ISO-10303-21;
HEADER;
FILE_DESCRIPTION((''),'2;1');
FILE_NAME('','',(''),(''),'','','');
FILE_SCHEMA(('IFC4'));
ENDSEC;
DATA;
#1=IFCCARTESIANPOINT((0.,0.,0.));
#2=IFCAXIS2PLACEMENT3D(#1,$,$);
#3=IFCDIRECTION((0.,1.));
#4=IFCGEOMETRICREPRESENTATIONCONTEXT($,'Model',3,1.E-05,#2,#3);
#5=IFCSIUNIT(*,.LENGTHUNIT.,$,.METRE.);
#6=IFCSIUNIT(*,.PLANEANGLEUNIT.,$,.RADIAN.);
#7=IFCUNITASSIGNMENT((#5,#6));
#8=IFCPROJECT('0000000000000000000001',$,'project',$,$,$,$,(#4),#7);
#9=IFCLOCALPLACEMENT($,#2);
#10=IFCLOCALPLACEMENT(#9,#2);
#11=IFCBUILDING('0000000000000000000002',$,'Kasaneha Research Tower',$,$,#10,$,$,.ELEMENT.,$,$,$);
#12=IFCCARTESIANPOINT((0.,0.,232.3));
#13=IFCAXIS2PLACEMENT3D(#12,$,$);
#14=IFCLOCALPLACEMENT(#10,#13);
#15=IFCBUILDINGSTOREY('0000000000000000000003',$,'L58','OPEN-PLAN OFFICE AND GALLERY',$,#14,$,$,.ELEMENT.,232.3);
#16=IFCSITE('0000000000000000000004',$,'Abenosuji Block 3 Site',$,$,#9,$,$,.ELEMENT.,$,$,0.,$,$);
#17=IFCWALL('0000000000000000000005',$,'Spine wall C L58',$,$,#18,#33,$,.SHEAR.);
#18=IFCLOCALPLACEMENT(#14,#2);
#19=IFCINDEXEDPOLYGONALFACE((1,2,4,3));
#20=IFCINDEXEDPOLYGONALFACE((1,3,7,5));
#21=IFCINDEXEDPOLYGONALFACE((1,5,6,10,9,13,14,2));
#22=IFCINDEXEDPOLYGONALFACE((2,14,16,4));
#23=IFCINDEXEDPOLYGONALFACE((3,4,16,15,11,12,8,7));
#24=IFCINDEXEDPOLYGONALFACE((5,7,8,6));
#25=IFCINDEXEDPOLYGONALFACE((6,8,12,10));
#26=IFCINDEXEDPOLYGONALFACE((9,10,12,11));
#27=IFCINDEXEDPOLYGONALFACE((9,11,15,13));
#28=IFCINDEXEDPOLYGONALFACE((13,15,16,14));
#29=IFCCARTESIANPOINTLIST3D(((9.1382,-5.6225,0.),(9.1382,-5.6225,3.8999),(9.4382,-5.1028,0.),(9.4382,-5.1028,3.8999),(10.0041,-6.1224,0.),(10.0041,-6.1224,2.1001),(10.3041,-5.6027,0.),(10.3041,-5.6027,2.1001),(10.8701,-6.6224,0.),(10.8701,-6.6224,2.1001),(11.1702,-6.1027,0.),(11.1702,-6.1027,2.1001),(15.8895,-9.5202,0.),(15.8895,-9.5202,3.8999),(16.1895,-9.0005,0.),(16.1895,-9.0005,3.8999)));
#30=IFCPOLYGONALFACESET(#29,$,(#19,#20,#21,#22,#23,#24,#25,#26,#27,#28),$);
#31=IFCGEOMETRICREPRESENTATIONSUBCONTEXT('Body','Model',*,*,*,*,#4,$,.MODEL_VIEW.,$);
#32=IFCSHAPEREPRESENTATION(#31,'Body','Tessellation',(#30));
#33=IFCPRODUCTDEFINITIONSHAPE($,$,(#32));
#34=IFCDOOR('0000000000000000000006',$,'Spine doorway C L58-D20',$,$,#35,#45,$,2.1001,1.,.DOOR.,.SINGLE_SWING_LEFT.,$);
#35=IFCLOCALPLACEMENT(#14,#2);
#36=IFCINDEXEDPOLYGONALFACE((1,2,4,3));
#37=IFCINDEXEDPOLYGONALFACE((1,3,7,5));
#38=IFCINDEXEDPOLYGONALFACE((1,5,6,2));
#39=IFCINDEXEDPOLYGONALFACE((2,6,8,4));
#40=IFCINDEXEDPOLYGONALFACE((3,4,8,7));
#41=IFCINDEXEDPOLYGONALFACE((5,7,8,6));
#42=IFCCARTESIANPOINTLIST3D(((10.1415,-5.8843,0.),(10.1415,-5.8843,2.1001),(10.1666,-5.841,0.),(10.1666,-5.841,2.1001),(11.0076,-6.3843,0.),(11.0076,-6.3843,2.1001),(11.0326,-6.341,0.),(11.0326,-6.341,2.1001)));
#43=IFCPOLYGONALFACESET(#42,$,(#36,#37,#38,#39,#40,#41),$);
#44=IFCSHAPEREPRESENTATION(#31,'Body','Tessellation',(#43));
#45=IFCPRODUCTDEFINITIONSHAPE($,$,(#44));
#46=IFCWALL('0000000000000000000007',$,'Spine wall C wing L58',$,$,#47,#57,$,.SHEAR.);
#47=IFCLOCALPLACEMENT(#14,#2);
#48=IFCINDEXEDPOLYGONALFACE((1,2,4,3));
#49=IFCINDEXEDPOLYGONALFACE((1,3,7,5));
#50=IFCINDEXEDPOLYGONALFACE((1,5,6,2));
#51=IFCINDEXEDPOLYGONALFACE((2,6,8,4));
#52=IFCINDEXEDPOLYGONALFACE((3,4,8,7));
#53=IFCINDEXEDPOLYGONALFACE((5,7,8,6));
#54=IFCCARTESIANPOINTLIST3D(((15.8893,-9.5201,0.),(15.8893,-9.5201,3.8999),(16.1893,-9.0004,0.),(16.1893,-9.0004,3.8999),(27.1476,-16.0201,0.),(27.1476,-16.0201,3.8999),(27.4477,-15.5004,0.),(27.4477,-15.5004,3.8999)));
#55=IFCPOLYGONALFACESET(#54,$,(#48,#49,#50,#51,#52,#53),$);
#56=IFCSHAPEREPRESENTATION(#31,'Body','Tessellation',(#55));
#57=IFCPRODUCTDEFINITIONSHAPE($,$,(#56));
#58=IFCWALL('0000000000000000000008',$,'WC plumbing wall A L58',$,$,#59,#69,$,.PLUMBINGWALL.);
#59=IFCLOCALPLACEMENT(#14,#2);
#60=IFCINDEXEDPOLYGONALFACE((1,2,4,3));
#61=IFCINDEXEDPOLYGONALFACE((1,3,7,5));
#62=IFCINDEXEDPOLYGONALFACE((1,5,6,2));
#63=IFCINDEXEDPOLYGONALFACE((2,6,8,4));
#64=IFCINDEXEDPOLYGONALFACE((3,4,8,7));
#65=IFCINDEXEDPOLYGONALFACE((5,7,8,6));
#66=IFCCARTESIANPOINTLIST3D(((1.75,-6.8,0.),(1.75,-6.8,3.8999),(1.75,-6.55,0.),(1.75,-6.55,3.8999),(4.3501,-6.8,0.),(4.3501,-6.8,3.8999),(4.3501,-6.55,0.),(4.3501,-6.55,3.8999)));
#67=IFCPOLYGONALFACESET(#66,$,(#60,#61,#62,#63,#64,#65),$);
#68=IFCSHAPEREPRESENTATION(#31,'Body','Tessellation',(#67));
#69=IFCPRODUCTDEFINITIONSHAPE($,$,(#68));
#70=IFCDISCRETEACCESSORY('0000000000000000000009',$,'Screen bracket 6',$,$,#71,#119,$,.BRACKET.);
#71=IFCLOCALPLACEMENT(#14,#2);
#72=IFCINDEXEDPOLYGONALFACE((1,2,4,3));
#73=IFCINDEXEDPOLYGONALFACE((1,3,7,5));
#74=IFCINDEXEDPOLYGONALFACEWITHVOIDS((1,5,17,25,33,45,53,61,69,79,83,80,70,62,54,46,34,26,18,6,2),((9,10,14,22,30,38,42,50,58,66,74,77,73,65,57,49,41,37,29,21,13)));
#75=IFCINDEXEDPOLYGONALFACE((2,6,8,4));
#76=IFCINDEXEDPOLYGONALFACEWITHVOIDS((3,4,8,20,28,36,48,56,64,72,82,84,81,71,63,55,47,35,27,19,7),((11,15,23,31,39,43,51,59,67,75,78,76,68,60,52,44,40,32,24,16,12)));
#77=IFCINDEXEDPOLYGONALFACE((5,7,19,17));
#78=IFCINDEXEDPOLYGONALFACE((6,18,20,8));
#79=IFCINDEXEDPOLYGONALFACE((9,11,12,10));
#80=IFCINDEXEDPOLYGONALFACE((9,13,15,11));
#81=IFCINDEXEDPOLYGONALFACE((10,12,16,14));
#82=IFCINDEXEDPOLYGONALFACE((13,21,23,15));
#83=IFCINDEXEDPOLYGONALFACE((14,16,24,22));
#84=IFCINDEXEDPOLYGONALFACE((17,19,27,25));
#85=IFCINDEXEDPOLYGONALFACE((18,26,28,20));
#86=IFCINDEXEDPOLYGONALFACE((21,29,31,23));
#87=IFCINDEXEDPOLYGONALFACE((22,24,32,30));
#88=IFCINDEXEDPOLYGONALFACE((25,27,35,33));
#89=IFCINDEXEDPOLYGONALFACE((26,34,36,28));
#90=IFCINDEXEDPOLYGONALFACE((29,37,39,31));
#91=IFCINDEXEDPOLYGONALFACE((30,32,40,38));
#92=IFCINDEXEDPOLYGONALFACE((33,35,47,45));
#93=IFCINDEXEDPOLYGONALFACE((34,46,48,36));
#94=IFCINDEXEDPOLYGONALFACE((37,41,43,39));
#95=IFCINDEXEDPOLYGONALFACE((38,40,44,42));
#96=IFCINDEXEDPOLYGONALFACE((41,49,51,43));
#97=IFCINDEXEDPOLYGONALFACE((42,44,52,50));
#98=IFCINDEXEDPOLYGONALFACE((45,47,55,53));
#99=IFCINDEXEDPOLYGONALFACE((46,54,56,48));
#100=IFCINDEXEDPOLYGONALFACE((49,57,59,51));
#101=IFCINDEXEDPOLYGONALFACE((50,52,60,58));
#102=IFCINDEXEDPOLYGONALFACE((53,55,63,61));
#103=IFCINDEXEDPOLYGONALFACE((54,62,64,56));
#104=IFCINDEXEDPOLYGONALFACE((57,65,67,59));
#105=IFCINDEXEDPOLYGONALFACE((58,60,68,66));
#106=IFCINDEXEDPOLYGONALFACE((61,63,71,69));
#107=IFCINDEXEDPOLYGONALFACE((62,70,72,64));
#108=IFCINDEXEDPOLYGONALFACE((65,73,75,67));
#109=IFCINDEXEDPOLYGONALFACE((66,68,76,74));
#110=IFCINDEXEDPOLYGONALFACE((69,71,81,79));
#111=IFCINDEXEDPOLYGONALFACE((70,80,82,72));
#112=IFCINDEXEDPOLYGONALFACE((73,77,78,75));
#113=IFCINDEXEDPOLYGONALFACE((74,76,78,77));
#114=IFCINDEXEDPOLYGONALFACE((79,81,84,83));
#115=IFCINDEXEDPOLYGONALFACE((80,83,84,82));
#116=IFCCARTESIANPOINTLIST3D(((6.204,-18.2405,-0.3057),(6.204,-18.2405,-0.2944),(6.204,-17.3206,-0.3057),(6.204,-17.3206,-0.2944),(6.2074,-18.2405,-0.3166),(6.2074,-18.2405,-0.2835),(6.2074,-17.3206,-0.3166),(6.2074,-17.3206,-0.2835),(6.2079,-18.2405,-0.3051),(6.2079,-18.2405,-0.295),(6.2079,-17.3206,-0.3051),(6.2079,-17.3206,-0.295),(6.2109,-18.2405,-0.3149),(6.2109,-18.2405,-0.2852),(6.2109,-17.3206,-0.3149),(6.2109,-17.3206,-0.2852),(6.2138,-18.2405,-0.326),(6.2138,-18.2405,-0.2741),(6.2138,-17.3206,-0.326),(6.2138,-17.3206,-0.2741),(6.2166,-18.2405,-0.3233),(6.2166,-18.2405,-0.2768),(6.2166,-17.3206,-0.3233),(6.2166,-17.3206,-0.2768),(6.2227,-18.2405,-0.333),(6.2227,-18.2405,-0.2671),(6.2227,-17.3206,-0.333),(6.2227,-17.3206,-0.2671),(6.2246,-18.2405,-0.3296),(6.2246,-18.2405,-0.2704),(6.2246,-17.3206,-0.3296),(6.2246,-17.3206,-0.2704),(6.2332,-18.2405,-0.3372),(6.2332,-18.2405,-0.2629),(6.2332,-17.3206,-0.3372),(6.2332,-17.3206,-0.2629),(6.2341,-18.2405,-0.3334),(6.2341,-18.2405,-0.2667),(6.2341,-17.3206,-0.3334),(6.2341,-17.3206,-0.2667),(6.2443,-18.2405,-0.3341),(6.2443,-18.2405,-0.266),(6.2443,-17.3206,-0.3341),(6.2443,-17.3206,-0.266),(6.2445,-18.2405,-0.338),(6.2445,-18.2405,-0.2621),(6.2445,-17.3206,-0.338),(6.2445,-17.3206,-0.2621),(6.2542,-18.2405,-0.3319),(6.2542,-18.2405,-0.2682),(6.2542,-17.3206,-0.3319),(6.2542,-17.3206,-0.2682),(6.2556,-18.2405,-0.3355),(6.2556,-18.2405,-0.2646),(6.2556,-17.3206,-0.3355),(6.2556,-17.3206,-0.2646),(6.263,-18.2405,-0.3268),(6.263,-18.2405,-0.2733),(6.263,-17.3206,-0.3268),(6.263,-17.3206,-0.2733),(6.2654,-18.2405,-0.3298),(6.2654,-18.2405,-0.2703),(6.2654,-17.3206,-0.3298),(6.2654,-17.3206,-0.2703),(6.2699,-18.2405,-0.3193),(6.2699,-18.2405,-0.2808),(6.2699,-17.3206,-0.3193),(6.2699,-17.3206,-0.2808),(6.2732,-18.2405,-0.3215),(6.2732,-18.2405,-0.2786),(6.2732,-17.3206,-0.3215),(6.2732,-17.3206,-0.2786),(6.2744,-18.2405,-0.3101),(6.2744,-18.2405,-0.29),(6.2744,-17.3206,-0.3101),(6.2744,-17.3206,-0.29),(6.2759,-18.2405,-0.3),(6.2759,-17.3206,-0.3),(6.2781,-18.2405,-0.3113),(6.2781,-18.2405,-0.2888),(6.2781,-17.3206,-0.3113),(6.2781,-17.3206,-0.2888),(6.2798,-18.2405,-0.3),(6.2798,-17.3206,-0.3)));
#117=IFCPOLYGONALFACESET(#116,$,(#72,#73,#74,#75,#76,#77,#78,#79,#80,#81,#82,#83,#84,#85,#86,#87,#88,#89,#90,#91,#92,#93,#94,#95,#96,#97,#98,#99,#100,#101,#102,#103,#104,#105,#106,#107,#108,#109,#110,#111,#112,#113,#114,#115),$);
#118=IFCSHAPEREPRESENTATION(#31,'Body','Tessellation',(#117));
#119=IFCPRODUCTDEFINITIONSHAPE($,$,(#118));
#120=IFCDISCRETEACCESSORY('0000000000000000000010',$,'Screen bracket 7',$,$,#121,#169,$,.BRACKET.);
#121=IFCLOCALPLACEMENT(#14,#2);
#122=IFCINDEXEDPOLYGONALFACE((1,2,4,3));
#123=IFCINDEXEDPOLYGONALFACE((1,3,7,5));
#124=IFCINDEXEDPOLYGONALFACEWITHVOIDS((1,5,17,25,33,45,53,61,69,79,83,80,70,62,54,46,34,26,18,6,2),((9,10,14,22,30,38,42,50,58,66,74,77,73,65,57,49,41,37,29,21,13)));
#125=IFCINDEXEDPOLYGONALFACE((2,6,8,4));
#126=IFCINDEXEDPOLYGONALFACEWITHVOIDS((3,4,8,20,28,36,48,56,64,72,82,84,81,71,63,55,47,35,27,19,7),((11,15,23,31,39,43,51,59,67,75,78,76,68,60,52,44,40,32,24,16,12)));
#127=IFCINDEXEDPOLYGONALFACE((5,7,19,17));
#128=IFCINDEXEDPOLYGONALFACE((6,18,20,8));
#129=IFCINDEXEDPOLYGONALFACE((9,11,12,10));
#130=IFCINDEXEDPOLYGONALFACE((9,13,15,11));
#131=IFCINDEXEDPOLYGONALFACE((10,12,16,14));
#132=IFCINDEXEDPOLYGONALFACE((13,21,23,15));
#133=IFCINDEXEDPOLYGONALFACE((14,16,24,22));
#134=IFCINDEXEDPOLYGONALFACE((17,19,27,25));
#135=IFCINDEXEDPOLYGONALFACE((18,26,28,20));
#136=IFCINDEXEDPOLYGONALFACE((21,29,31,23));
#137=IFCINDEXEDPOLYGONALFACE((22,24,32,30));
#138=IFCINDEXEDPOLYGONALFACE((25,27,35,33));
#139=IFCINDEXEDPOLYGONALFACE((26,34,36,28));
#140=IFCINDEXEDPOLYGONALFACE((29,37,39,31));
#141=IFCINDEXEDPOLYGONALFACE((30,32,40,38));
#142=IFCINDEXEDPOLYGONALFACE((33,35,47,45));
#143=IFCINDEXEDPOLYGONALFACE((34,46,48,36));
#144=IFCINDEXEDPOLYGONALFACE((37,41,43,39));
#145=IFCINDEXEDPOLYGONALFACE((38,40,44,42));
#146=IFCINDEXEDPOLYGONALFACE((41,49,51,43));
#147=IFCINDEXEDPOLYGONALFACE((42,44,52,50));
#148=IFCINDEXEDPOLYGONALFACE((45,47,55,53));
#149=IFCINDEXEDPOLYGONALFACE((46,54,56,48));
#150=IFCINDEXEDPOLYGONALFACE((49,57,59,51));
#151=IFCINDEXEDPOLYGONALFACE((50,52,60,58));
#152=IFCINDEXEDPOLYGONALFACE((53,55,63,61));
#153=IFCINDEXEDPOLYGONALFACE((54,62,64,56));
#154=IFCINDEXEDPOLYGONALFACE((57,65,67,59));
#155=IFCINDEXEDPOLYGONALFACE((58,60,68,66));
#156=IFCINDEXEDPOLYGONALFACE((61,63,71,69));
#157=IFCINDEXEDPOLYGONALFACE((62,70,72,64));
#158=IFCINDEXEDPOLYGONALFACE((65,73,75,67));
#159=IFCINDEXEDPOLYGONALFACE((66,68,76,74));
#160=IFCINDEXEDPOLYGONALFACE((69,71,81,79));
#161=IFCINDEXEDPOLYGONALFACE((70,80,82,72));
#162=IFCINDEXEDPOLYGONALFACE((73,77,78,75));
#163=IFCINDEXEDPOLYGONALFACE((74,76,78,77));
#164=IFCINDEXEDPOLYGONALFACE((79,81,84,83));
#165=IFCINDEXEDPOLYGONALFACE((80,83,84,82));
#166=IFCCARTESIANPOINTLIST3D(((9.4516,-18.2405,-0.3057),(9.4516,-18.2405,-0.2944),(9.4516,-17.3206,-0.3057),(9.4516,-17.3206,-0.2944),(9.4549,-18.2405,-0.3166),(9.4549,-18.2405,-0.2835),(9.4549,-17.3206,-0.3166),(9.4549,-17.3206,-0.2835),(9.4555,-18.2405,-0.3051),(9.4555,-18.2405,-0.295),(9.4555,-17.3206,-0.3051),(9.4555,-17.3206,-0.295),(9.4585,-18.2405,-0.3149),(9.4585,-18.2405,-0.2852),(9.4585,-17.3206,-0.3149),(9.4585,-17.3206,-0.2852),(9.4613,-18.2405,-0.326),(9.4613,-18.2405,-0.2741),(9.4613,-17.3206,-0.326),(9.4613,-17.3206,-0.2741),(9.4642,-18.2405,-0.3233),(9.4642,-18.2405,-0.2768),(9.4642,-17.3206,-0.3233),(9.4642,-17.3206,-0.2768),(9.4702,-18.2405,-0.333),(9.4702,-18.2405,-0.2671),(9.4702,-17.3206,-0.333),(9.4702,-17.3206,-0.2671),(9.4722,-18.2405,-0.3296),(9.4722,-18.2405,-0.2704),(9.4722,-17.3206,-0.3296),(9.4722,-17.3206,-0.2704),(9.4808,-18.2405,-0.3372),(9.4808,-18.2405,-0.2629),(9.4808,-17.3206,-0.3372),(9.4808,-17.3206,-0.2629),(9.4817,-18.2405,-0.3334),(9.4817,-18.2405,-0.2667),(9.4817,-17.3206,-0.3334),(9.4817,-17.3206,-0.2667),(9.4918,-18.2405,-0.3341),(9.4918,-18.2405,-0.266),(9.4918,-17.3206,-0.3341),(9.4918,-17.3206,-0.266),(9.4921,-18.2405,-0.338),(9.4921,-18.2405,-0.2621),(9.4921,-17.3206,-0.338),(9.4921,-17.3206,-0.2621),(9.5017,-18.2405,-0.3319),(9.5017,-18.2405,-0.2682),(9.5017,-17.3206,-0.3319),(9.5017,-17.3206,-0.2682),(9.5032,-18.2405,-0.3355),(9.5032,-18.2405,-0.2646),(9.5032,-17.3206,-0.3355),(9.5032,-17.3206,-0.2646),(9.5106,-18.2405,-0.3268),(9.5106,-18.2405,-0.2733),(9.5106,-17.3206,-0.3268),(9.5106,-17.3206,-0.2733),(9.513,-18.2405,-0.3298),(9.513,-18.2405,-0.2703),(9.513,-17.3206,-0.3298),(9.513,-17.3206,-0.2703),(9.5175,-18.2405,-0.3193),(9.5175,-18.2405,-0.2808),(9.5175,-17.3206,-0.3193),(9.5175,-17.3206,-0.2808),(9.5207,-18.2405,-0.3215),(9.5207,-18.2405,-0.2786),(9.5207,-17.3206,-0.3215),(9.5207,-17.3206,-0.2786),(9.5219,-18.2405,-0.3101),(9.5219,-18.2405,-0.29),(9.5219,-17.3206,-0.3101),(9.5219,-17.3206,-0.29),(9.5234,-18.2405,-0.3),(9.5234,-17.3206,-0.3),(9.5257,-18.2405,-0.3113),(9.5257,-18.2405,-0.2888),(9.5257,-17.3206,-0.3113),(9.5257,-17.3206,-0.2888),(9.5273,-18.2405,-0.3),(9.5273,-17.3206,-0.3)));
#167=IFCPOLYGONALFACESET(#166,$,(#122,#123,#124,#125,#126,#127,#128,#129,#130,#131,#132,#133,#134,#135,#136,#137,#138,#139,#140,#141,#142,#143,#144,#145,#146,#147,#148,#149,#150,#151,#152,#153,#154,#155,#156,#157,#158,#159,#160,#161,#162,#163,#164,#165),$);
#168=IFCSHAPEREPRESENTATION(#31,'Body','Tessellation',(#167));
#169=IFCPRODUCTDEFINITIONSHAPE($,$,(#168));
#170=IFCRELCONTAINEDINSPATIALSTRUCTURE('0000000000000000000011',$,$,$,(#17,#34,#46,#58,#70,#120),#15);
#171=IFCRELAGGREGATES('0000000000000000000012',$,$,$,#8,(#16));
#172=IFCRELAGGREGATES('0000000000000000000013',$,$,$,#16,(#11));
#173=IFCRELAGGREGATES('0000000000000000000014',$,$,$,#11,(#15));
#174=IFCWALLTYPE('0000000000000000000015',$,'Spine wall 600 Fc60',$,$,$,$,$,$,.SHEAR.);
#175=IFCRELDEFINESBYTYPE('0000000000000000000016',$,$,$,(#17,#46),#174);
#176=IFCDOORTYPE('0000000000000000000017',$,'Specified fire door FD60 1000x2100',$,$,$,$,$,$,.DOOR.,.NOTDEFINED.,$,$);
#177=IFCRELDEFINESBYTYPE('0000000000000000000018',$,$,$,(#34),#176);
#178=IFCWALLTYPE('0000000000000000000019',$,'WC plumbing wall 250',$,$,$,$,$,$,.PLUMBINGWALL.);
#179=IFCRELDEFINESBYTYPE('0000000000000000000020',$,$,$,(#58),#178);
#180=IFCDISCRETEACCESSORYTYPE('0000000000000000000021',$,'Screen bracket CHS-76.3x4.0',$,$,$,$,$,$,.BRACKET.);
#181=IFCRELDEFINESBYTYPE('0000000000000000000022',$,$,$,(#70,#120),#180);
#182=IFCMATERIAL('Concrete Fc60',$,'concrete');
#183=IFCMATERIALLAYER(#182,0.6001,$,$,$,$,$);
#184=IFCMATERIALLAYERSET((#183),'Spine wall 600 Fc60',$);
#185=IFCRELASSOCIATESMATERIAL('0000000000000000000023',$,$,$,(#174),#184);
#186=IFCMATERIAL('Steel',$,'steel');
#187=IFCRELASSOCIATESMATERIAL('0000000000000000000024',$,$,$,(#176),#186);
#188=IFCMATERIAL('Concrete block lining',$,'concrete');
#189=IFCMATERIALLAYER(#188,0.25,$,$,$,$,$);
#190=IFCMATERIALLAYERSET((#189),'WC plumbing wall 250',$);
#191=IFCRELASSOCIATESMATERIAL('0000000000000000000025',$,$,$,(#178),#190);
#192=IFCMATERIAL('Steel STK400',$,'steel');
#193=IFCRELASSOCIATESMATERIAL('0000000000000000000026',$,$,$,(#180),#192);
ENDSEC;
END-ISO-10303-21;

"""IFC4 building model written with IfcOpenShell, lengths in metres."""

from ifc_helpers import new_model, si_unit, direction, frame, frame_2d, origin, origin_2d, place, context, subcontext, project, spatial, rectangle, hollow_circle, extrude, material, layer, layer_set, material_profile, profile_set, type_object, element, fill, save


model = new_model("IFC4")

# Units and contexts
model_context = context("Model", 3, precision=1e-05, world=origin(), true_north=direction((0.0, 1.0)))
body_context = subcontext(model_context, "Body", "Model", "MODEL_VIEW")
ifc_project = project(units=[si_unit("LENGTHUNIT", "METRE"), si_unit("PLANEANGLEUNIT", "RADIAN")], contexts=[model_context])

# Site, building, storey
site_placement = place(None, origin())
site = spatial("IfcSite", under=ifc_project, at=site_placement, Name="Abenosuji Block 3 Site", CompositionType="ELEMENT", RefElevation=0.0)
building_placement = place(site_placement, origin())
building = spatial("IfcBuilding", under=site, at=building_placement, Name="Kasaneha Research Tower", CompositionType="ELEMENT")
storey_placement = place(building_placement, frame((0.0, 0.0, 232.3)))
storey = spatial("IfcBuildingStorey", under=building, at=storey_placement, Name="L58", Description="OPEN-PLAN OFFICE AND GALLERY", CompositionType="ELEMENT", Elevation=232.3)

# Wall, opening, door
ifc_material_1 = material(Name="Concrete Fc60", Category="concrete")
ifc_layer_1 = layer(ifc_material_1, 0.6001)
ifc_layer_set_1 = layer_set([ifc_layer_1], Name="Spine wall 600 Fc60")
wall_type_1 = type_object("IfcWallType", Name="Spine wall 600 Fc60", PredefinedType="SHEAR", material=ifc_layer_set_1)
wall_1_placement = place(storey_placement, frame((9.2881, -5.3625, 0.0), z_axis=(0.0, 0.0, 1.0), x_axis=(0.866032, -0.499989, 0.0)))
wall_1 = element("IfcWall", 1, at=wall_1_placement, inside=storey, type_object=wall_type_1, Name="Spine wall C L58", PredefinedType="SHEAR", context=body_context, shape_type="SweptSolid", body=[
    extrude(rectangle(XDim=7.7957, YDim=0.6001, at=frame_2d((3.8979, 0.0))), origin(), (0.0, 0.0, 1.0), 3.8999),
])
opening_1_placement = place(wall_1_placement, frame((1.0, 0.0, 0.0)))
opening_1 = element("IfcOpeningElement", 2, at=opening_1_placement, cuts=wall_1, PredefinedType="OPENING", context=body_context, shape_type="SweptSolid", body=[
    extrude(rectangle(XDim=1.0, YDim=2.1001, at=frame_2d((0.5, 1.05))), frame((0.0, 0.3101, 0.0), z_axis=(0.0, -1.0, 0.0), x_axis=(1.0, 0.0, 0.0)), (0.0, 0.0, 1.0), 0.6201),
])
ifc_material_2 = material(Name="Steel", Category="steel")
door_type_1 = type_object("IfcDoorType", Name="Specified fire door FD60 1000x2100", OperationType="NOTDEFINED", PredefinedType="DOOR", material=ifc_material_2)
door_1_placement = place(opening_1_placement, origin())
door_1 = element("IfcDoor", 3, at=door_1_placement, inside=storey, type_object=door_type_1, Name="Spine doorway C L58-D20", OperationType="SINGLE_SWING_LEFT", OverallHeight=2.1001, OverallWidth=1.0, PredefinedType="DOOR", context=body_context, shape_type="SweptSolid", body=[
    extrude(rectangle(XDim=1.0, YDim=2.1001, at=frame_2d((0.5, 1.05))), frame((0.0, 0.0249, 0.0), z_axis=(0.0, -1.0, 0.0), x_axis=(1.0, 0.0, 0.0)), (0.0, 0.0, 1.0), 0.05),
])
fill(opening_1, door_1)

# Walls
wall_2_placement = place(storey_placement, frame((16.0393, -9.2603, 0.0), z_axis=(0.0, 0.0, 1.0), x_axis=(0.866025, -0.500001, 0.0)))
element("IfcWall", 4, at=wall_2_placement, inside=storey, type_object=wall_type_1, Name="Spine wall C wing L58", PredefinedType="SHEAR", context=body_context, shape_type="SweptSolid", body=[
    extrude(rectangle(XDim=13.0, YDim=0.6001, at=frame_2d((6.5, 0.0))), origin(), (0.0, 0.0, 1.0), 3.8999),
])
ifc_material_3 = material(Name="Concrete block lining", Category="concrete")
ifc_layer_2 = layer(ifc_material_3, 0.25)
ifc_layer_set_2 = layer_set([ifc_layer_2], Name="WC plumbing wall 250")
wall_type_2 = type_object("IfcWallType", Name="WC plumbing wall 250", PredefinedType="PLUMBINGWALL", material=ifc_layer_set_2)
wall_3_placement = place(storey_placement, frame((1.75, -6.675, 0.0), z_axis=(0.0, 0.0, 1.0), x_axis=(1.0, 0.0, 0.0)))
element("IfcWall", 5, at=wall_3_placement, inside=storey, type_object=wall_type_2, Name="WC plumbing wall A L58", PredefinedType="PLUMBINGWALL", context=body_context, shape_type="SweptSolid", body=[
    extrude(rectangle(XDim=2.6001, YDim=0.25, at=frame_2d((1.3, 0.0))), origin(), (0.0, 0.0, 1.0), 3.8999),
])

# Discrete accessories
ifc_material_4 = material(Name="Steel STK400", Category="steel")
ifc_material_profile_1 = material_profile(ifc_material_4, hollow_circle(Radius=0.0381, WallThickness=0.0039, at=origin_2d()), Name="CHS-76.3x4.0")
ifc_profile_set_1 = profile_set([ifc_material_profile_1], Name="Steel STK400")
discrete_accessory_type = type_object("IfcDiscreteAccessoryType", Name="Screen bracket CHS-76.3x4.0", PredefinedType="BRACKET", material=ifc_profile_set_1)
for number, where, z_axis, x_axis, name in (
    (6, (6.2417, -17.3206, -0.3), (0.0, -1.0, 0.0), (1.0, 0.0, 0.0), "Screen bracket 6"),
    (7, (9.4893, -17.3206, -0.3), (0.0, -1.0, 0.0), (1.0, 0.0, 0.0), "Screen bracket 7"),
):
    element("IfcDiscreteAccessory", number, at=place(storey_placement, frame(where, z_axis=z_axis, x_axis=x_axis)), inside=storey, type_object=discrete_accessory_type, Name=name, PredefinedType="BRACKET", context=body_context, shape_type="SweptSolid", body=[
        extrude(hollow_circle(Radius=0.0381, WallThickness=0.0039, at=origin_2d()), origin(), (0.0, 0.0, 1.0), 0.9199),
    ])

save(model, "model.ifc")
